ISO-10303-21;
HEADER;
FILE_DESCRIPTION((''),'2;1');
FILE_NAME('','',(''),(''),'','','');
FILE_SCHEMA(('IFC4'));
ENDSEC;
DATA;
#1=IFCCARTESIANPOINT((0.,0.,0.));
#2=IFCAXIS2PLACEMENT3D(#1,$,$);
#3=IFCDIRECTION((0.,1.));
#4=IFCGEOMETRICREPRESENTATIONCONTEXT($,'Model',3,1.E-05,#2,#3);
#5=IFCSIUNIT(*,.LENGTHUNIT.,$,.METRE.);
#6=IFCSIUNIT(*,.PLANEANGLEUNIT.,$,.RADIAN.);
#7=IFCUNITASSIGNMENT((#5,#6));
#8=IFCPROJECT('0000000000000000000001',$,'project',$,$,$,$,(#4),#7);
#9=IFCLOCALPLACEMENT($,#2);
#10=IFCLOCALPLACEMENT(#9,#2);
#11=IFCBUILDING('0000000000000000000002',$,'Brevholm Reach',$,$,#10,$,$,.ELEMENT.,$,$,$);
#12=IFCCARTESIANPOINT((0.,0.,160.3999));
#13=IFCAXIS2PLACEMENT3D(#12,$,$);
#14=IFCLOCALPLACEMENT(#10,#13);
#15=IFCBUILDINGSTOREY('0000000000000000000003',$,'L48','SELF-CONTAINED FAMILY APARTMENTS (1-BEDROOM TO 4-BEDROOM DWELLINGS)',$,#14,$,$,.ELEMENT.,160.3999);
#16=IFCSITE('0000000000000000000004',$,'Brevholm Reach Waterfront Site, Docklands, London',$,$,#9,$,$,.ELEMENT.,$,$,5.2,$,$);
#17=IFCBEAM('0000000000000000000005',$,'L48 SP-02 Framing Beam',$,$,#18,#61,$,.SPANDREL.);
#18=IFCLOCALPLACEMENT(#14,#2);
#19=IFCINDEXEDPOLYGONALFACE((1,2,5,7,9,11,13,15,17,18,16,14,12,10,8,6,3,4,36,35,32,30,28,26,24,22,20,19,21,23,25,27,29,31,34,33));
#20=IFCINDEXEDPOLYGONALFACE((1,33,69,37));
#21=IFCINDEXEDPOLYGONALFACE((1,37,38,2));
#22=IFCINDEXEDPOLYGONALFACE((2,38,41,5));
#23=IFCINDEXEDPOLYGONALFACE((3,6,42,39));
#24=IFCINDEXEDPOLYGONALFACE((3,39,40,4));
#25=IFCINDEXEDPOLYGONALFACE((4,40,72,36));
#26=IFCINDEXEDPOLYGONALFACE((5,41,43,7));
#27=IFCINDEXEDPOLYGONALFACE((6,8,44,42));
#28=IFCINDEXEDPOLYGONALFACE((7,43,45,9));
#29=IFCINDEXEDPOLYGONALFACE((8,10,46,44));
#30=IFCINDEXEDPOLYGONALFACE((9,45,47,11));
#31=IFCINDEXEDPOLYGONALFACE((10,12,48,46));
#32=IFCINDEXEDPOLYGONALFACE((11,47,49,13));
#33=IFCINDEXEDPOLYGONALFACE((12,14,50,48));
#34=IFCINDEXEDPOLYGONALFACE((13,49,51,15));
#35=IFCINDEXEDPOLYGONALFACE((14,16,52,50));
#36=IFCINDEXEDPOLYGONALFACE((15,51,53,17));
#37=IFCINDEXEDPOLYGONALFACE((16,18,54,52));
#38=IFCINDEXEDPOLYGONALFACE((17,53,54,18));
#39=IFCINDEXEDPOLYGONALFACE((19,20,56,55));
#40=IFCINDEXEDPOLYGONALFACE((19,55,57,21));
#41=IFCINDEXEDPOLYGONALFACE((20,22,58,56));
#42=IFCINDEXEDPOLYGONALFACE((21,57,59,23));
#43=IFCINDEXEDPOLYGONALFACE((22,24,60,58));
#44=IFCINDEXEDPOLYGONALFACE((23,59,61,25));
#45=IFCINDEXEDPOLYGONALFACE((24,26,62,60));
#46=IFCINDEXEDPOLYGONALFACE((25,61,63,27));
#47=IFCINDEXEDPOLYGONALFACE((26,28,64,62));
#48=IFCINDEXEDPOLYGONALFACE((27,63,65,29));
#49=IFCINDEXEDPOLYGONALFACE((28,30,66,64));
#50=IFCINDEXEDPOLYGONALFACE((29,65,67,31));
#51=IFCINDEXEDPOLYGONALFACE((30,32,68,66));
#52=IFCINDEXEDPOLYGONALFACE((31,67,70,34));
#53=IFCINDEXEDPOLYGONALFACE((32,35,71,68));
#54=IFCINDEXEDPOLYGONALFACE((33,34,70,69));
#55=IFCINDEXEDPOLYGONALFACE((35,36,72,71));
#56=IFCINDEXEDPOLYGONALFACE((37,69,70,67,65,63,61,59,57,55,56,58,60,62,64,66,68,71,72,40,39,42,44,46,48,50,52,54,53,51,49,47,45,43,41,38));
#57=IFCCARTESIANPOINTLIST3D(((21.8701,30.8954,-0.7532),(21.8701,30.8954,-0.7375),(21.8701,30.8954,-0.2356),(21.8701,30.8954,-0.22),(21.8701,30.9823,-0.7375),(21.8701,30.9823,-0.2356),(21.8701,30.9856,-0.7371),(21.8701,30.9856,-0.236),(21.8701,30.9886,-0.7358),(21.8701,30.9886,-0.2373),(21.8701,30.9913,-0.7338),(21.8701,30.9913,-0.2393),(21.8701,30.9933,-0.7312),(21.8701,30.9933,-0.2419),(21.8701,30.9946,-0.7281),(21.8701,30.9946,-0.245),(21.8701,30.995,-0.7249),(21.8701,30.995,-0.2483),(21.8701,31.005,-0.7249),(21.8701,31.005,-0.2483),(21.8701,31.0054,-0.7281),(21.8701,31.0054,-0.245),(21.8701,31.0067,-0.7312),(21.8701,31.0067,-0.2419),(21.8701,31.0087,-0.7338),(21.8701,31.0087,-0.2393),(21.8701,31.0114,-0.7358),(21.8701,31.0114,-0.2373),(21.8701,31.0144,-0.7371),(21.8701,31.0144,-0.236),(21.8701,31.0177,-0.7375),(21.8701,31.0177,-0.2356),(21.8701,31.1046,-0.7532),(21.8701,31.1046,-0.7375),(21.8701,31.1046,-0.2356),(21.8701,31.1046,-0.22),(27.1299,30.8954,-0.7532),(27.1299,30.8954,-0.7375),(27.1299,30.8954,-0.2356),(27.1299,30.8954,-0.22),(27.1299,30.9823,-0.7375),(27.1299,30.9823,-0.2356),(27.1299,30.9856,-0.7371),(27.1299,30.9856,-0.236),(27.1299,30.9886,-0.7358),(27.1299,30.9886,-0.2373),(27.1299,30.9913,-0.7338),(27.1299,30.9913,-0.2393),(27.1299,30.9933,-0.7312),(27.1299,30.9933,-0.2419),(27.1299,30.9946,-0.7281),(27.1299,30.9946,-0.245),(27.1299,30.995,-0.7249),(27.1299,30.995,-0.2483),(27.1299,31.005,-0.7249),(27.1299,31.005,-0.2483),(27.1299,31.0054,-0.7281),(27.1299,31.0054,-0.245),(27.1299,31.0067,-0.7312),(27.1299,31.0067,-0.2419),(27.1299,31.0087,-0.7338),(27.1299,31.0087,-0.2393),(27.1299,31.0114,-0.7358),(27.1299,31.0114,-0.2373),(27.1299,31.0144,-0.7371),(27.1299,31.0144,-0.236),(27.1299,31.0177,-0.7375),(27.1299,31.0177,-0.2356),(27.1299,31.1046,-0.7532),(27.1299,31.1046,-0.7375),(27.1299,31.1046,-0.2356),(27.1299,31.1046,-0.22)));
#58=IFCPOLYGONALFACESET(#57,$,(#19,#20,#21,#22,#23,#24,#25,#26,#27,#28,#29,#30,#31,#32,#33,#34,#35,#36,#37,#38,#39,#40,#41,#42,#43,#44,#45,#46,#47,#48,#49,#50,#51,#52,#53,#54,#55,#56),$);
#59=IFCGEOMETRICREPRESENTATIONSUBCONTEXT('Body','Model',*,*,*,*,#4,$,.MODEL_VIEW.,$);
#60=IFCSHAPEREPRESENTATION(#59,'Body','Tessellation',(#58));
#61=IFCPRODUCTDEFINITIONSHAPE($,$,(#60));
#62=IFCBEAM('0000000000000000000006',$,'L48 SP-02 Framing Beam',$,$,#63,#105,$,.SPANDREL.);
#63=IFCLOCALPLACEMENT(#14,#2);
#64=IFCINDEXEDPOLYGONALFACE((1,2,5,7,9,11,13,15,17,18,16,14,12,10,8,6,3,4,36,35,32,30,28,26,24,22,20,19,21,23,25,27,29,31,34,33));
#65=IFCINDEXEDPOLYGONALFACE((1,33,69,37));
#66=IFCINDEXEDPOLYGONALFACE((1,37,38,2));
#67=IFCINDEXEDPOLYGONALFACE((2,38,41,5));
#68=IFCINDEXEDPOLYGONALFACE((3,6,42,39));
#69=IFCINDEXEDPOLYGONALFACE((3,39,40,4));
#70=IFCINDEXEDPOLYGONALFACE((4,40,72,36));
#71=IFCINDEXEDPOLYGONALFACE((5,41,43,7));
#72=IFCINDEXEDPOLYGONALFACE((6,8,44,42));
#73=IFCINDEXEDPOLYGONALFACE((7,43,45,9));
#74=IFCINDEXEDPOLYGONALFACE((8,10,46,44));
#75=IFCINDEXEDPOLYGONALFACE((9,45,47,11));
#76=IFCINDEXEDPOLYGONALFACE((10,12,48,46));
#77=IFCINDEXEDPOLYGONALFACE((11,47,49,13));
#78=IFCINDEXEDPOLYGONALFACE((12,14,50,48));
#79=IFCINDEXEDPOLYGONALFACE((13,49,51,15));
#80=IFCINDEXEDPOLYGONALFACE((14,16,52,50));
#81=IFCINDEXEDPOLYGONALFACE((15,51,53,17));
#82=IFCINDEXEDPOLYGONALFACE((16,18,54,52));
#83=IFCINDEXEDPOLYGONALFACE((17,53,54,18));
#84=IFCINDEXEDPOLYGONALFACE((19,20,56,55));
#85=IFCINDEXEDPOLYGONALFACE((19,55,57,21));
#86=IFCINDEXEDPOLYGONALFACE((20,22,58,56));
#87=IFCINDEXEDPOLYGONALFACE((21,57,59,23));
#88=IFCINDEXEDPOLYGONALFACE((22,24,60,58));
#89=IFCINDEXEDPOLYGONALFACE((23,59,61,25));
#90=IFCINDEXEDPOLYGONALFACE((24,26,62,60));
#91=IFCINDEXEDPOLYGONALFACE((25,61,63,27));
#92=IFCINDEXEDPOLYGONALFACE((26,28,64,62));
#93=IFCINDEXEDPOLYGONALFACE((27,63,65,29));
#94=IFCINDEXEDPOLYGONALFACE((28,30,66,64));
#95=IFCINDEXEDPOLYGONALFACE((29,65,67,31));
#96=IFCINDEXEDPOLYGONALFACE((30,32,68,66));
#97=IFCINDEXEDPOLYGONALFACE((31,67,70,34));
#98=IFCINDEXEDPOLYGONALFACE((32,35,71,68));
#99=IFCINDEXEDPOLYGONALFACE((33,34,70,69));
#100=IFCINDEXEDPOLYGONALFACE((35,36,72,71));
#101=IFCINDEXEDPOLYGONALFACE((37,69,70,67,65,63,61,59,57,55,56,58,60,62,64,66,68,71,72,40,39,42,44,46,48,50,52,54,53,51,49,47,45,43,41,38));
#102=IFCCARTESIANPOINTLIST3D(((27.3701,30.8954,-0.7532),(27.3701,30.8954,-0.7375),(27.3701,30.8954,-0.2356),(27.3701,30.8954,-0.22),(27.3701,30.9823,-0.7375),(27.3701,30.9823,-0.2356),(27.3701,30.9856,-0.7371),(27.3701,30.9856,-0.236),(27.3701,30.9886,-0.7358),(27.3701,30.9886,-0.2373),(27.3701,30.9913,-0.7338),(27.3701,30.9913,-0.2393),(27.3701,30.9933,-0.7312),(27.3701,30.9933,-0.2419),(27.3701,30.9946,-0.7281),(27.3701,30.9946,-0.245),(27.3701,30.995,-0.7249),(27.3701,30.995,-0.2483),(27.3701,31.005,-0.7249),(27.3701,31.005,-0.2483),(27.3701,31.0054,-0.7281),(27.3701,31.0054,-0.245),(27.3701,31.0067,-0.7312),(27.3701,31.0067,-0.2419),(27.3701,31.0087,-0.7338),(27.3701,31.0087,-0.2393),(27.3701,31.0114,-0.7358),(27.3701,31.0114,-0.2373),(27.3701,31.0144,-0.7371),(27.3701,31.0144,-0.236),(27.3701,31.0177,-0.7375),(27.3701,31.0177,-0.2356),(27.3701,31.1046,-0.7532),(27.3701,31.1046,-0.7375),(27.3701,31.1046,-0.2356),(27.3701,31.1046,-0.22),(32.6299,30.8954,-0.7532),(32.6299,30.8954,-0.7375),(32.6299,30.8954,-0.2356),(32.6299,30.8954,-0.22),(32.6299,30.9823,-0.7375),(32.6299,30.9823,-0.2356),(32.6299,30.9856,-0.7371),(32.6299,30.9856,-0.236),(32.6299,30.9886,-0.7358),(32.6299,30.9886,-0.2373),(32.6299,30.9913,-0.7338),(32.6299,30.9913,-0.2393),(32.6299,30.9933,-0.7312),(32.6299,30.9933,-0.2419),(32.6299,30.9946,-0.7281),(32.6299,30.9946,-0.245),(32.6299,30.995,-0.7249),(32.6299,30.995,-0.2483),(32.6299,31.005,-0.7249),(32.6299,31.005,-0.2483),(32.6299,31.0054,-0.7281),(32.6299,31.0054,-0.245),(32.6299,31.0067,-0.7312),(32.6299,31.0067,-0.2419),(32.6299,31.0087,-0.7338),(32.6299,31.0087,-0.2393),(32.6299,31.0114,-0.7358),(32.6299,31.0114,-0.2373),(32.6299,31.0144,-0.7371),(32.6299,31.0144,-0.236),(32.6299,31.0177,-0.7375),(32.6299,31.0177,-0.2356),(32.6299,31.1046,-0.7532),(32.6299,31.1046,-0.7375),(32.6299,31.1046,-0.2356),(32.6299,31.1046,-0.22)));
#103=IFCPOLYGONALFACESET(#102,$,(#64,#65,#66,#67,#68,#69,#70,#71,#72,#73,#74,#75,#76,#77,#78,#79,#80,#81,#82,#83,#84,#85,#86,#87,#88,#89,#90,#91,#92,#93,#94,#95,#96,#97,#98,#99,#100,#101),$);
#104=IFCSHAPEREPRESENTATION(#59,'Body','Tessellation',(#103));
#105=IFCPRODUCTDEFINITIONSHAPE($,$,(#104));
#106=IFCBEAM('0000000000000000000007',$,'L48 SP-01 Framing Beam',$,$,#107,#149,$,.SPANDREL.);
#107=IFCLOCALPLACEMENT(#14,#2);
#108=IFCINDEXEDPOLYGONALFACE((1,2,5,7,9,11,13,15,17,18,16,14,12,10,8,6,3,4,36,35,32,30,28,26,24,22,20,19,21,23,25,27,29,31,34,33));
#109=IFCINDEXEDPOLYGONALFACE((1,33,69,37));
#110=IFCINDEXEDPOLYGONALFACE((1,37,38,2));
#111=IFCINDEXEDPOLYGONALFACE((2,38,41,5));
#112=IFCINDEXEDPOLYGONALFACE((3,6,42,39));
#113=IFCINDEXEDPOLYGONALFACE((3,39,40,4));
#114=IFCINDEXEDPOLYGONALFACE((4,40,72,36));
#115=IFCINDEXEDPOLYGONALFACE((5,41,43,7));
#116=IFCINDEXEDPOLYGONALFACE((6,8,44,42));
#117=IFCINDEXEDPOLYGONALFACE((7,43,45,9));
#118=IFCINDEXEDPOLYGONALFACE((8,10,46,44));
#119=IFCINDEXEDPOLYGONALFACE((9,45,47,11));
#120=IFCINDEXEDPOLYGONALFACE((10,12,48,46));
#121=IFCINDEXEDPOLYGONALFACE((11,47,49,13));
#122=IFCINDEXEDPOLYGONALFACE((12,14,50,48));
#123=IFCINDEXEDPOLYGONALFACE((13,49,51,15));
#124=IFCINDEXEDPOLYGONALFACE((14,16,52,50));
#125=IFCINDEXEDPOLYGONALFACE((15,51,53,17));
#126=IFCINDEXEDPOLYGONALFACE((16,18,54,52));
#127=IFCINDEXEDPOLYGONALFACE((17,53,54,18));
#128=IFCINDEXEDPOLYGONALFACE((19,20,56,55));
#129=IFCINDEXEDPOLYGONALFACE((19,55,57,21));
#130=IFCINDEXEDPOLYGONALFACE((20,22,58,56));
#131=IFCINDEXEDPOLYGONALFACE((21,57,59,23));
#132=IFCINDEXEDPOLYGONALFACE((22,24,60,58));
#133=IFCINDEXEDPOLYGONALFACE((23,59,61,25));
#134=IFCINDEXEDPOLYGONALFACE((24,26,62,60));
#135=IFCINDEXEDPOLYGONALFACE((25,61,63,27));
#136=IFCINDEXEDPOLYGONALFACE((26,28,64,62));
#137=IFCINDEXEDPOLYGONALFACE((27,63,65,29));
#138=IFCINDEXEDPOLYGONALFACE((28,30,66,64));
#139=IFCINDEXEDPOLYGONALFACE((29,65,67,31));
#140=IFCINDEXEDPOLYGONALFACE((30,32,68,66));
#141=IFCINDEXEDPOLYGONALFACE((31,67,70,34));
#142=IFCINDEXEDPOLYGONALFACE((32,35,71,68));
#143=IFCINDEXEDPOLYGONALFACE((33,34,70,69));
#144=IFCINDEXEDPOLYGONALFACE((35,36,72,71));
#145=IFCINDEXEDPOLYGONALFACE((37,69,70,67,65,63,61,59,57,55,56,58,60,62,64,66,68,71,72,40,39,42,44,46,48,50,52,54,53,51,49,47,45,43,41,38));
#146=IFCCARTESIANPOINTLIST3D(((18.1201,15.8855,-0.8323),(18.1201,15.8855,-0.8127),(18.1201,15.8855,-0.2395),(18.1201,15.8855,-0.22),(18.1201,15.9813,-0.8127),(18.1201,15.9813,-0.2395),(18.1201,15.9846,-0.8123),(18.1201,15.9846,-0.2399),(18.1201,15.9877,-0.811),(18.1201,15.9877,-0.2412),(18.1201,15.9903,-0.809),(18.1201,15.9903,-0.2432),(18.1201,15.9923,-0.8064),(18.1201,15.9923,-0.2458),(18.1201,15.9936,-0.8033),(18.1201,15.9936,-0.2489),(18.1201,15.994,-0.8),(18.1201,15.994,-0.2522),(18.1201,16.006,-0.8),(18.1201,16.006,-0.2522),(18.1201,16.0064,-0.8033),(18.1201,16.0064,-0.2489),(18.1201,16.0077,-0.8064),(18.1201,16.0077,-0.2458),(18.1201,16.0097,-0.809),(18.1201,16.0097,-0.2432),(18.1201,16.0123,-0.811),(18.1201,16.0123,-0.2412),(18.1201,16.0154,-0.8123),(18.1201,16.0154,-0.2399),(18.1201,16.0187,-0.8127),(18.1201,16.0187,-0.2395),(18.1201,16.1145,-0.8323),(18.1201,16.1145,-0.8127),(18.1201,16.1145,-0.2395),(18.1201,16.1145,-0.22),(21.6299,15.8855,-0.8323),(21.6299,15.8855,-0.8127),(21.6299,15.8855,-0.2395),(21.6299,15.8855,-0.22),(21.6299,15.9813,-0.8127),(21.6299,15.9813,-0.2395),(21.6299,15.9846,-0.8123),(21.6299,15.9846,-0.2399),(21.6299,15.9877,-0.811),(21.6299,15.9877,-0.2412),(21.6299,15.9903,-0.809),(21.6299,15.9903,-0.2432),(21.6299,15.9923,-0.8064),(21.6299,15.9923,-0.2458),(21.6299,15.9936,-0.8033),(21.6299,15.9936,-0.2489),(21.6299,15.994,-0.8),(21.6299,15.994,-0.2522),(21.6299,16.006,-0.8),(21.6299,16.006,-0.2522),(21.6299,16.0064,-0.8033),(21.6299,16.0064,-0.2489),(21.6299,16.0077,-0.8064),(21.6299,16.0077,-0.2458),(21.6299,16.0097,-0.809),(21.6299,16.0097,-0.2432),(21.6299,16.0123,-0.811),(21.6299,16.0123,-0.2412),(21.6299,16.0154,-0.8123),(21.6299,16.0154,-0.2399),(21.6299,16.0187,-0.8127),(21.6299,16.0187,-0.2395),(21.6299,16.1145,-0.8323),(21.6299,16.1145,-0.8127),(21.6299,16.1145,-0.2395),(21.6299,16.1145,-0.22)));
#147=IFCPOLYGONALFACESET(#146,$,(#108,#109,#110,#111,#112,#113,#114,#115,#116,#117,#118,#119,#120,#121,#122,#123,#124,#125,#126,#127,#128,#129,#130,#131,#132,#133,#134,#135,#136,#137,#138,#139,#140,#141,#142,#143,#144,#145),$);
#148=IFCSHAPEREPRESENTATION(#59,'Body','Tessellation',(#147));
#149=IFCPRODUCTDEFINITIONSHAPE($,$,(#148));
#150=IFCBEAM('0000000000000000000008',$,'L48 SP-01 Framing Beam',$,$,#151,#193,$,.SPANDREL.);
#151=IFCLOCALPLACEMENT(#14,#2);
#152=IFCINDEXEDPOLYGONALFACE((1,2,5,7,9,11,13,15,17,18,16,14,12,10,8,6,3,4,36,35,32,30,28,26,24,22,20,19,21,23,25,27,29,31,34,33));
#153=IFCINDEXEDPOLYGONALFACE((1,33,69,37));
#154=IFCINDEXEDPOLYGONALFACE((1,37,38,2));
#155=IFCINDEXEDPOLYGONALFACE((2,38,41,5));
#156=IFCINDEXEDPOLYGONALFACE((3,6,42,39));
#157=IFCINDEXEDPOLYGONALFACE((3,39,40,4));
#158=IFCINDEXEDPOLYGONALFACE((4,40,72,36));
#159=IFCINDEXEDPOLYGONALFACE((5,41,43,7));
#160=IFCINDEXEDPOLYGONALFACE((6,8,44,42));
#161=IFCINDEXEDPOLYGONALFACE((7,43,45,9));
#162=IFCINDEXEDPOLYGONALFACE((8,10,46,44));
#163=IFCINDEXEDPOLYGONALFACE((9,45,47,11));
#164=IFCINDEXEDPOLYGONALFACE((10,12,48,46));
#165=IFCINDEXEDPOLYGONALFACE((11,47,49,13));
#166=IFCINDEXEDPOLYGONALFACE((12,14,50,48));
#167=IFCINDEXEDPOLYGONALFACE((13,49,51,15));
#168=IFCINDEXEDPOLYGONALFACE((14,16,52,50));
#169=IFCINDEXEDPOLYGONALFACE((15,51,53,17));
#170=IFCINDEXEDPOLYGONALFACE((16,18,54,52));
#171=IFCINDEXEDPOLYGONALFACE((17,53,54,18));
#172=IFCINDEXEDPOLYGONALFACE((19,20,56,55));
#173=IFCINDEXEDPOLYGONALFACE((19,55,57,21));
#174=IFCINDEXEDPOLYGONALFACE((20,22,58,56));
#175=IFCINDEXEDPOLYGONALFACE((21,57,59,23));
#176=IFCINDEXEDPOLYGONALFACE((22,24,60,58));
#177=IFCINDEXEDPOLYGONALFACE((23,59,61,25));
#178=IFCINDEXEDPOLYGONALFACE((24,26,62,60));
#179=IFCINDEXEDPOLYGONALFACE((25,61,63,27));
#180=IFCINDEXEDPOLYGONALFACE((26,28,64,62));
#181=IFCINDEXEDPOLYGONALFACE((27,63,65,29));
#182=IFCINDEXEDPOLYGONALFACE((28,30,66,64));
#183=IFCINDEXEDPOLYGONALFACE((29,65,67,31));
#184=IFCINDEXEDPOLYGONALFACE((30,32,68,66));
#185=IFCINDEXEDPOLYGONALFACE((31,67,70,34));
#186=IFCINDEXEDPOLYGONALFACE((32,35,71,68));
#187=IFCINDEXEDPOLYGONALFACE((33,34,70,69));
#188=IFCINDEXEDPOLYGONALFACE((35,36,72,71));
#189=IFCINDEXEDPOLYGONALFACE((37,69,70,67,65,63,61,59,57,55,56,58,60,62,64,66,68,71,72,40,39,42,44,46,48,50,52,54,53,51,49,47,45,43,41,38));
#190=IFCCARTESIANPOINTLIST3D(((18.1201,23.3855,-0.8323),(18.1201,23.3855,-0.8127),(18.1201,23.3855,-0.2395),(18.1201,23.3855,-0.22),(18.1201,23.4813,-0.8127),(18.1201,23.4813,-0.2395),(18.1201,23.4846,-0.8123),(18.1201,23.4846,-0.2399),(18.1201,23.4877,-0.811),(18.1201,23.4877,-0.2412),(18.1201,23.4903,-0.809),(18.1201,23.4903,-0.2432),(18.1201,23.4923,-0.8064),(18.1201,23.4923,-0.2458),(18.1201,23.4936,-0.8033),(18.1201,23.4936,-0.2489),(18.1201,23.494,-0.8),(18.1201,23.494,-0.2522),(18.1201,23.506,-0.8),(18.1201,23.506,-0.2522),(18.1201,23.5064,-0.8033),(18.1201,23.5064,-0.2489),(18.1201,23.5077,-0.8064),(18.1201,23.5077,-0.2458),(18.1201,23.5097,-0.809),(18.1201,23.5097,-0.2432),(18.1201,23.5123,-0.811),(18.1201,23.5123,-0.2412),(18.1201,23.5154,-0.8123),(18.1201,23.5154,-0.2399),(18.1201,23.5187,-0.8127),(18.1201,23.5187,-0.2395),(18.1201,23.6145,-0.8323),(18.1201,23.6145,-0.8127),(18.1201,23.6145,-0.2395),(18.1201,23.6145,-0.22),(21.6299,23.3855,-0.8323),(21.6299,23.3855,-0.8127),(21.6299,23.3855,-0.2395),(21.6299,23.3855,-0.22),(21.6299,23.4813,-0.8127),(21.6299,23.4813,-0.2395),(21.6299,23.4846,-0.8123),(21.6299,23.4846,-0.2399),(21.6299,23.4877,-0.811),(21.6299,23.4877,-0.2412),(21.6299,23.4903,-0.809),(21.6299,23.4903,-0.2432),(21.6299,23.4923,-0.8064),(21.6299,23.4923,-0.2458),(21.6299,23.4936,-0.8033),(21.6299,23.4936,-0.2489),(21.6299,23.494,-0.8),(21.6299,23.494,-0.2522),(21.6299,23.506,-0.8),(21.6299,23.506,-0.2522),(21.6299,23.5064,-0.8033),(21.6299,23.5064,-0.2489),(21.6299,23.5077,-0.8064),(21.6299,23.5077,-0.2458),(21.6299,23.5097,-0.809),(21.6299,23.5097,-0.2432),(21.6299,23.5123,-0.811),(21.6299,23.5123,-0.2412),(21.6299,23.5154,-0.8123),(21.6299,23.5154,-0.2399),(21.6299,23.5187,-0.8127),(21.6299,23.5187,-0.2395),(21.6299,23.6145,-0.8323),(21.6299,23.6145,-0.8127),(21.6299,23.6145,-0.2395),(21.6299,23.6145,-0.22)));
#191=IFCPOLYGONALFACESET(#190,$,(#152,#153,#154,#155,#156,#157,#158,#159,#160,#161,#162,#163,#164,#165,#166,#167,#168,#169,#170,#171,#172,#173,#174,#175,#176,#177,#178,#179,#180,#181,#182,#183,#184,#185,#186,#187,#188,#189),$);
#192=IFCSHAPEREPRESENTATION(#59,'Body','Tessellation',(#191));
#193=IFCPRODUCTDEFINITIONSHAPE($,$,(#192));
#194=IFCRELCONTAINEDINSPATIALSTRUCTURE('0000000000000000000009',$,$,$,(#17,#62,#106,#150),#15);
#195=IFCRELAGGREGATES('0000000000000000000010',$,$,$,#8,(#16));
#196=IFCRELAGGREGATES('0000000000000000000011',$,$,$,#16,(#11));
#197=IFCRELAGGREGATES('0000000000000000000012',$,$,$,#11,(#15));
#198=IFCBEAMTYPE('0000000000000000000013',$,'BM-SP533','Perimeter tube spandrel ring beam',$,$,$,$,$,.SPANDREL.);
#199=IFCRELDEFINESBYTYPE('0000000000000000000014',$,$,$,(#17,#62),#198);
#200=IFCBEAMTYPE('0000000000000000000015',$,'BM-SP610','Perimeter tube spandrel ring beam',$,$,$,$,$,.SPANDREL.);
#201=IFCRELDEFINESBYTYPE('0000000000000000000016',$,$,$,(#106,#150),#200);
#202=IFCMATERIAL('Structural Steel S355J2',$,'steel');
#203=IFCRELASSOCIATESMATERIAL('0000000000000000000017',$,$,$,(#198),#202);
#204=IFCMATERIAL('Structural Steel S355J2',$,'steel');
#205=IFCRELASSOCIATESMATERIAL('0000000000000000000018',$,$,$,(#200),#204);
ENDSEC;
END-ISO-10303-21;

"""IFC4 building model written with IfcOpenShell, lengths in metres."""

from ifc_helpers import new_model, si_unit, direction, frame, origin, origin_2d, place, context, subcontext, project, spatial, i_section, extrude, material, material_profile, profile_set, type_object, element, save


model = new_model("IFC4")

# Units and contexts
model_context = context("Model", 3, precision=1e-05, world=origin(), true_north=direction((0.0, 1.0)))
body_context = subcontext(model_context, "Body", "Model", "MODEL_VIEW")
ifc_project = project(units=[si_unit("LENGTHUNIT", "METRE"), si_unit("PLANEANGLEUNIT", "RADIAN")], contexts=[model_context])

# Site, building, storey
site_placement = place(None, origin())
site = spatial("IfcSite", under=ifc_project, at=site_placement, Name="Brevholm Reach Waterfront Site, Docklands, London", CompositionType="ELEMENT", RefElevation=5.2)
building_placement = place(site_placement, origin())
building = spatial("IfcBuilding", under=site, at=building_placement, Name="Brevholm Reach", CompositionType="ELEMENT")
storey_placement = place(building_placement, frame((0.0, 0.0, 160.3999)))
storey = spatial("IfcBuildingStorey", under=building, at=storey_placement, Name="L48", Description="SELF-CONTAINED FAMILY APARTMENTS (1-BEDROOM TO 4-BEDROOM DWELLINGS)", CompositionType="ELEMENT", Elevation=160.3999)

# Beams
ifc_material_1 = material(Name="Structural Steel S355J2", Category="steel")
ifc_material_profile_1 = material_profile(ifc_material_1, i_section(OverallWidth=0.2092, OverallDepth=0.5332, WebThickness=0.01, FlangeThickness=0.0156, FilletRadius=0.0127, at=origin_2d()), Name="UKB 533x210x92")
ifc_profile_set_1 = profile_set([ifc_material_profile_1], Name="Structural Steel S355J2")
beam_type_1 = type_object("IfcBeamType", Name="BM-SP533", Description="Perimeter tube spandrel ring beam", PredefinedType="SPANDREL", material=ifc_profile_set_1)
for number, where, z_axis, x_axis, name in (
    (1, (21.8701, 31.0, -0.4866), (1.0, 0.0, 0.0), (0.0, 1.0, 0.0), "L48 SP-02 Framing Beam"),
    (2, (27.3701, 31.0, -0.4866), (1.0, 0.0, 0.0), (0.0, 1.0, 0.0), "L48 SP-02 Framing Beam"),
):
    element("IfcBeam", number, at=place(storey_placement, frame(where, z_axis=z_axis, x_axis=x_axis)), inside=storey, type_object=beam_type_1, Name=name, PredefinedType="SPANDREL", context=body_context, shape_type="SweptSolid", body=[
        extrude(i_section(OverallWidth=0.2092, OverallDepth=0.5332, WebThickness=0.01, FlangeThickness=0.0156, FilletRadius=0.0127, at=origin_2d()), origin(), (0.0, 0.0, 1.0), 5.2598),
    ])
ifc_material_2 = material(Name="Structural Steel S355J2", Category="steel")
ifc_material_profile_2 = material_profile(ifc_material_2, i_section(OverallWidth=0.229, OverallDepth=0.6123, WebThickness=0.012, FlangeThickness=0.0195, FilletRadius=0.0127, at=origin_2d()), Name="UKB 610x229x125")
ifc_profile_set_2 = profile_set([ifc_material_profile_2], Name="Structural Steel S355J2")
beam_type_2 = type_object("IfcBeamType", Name="BM-SP610", Description="Perimeter tube spandrel ring beam", PredefinedType="SPANDREL", material=ifc_profile_set_2)
for number, where, z_axis, x_axis, name in (
    (3, (18.1201, 16.0, -0.5261), (1.0, 0.0, 0.0), (0.0, 1.0, 0.0), "L48 SP-01 Framing Beam"),
    (4, (18.1201, 23.5, -0.5261), (1.0, 0.0, 0.0), (0.0, 1.0, 0.0), "L48 SP-01 Framing Beam"),
):
    element("IfcBeam", number, at=place(storey_placement, frame(where, z_axis=z_axis, x_axis=x_axis)), inside=storey, type_object=beam_type_2, Name=name, PredefinedType="SPANDREL", context=body_context, shape_type="SweptSolid", body=[
        extrude(i_section(OverallWidth=0.229, OverallDepth=0.6123, WebThickness=0.012, FlangeThickness=0.0195, FilletRadius=0.0127, at=origin_2d()), origin(), (0.0, 0.0, 1.0), 3.5098),
    ])

save(model, "model.ifc")
